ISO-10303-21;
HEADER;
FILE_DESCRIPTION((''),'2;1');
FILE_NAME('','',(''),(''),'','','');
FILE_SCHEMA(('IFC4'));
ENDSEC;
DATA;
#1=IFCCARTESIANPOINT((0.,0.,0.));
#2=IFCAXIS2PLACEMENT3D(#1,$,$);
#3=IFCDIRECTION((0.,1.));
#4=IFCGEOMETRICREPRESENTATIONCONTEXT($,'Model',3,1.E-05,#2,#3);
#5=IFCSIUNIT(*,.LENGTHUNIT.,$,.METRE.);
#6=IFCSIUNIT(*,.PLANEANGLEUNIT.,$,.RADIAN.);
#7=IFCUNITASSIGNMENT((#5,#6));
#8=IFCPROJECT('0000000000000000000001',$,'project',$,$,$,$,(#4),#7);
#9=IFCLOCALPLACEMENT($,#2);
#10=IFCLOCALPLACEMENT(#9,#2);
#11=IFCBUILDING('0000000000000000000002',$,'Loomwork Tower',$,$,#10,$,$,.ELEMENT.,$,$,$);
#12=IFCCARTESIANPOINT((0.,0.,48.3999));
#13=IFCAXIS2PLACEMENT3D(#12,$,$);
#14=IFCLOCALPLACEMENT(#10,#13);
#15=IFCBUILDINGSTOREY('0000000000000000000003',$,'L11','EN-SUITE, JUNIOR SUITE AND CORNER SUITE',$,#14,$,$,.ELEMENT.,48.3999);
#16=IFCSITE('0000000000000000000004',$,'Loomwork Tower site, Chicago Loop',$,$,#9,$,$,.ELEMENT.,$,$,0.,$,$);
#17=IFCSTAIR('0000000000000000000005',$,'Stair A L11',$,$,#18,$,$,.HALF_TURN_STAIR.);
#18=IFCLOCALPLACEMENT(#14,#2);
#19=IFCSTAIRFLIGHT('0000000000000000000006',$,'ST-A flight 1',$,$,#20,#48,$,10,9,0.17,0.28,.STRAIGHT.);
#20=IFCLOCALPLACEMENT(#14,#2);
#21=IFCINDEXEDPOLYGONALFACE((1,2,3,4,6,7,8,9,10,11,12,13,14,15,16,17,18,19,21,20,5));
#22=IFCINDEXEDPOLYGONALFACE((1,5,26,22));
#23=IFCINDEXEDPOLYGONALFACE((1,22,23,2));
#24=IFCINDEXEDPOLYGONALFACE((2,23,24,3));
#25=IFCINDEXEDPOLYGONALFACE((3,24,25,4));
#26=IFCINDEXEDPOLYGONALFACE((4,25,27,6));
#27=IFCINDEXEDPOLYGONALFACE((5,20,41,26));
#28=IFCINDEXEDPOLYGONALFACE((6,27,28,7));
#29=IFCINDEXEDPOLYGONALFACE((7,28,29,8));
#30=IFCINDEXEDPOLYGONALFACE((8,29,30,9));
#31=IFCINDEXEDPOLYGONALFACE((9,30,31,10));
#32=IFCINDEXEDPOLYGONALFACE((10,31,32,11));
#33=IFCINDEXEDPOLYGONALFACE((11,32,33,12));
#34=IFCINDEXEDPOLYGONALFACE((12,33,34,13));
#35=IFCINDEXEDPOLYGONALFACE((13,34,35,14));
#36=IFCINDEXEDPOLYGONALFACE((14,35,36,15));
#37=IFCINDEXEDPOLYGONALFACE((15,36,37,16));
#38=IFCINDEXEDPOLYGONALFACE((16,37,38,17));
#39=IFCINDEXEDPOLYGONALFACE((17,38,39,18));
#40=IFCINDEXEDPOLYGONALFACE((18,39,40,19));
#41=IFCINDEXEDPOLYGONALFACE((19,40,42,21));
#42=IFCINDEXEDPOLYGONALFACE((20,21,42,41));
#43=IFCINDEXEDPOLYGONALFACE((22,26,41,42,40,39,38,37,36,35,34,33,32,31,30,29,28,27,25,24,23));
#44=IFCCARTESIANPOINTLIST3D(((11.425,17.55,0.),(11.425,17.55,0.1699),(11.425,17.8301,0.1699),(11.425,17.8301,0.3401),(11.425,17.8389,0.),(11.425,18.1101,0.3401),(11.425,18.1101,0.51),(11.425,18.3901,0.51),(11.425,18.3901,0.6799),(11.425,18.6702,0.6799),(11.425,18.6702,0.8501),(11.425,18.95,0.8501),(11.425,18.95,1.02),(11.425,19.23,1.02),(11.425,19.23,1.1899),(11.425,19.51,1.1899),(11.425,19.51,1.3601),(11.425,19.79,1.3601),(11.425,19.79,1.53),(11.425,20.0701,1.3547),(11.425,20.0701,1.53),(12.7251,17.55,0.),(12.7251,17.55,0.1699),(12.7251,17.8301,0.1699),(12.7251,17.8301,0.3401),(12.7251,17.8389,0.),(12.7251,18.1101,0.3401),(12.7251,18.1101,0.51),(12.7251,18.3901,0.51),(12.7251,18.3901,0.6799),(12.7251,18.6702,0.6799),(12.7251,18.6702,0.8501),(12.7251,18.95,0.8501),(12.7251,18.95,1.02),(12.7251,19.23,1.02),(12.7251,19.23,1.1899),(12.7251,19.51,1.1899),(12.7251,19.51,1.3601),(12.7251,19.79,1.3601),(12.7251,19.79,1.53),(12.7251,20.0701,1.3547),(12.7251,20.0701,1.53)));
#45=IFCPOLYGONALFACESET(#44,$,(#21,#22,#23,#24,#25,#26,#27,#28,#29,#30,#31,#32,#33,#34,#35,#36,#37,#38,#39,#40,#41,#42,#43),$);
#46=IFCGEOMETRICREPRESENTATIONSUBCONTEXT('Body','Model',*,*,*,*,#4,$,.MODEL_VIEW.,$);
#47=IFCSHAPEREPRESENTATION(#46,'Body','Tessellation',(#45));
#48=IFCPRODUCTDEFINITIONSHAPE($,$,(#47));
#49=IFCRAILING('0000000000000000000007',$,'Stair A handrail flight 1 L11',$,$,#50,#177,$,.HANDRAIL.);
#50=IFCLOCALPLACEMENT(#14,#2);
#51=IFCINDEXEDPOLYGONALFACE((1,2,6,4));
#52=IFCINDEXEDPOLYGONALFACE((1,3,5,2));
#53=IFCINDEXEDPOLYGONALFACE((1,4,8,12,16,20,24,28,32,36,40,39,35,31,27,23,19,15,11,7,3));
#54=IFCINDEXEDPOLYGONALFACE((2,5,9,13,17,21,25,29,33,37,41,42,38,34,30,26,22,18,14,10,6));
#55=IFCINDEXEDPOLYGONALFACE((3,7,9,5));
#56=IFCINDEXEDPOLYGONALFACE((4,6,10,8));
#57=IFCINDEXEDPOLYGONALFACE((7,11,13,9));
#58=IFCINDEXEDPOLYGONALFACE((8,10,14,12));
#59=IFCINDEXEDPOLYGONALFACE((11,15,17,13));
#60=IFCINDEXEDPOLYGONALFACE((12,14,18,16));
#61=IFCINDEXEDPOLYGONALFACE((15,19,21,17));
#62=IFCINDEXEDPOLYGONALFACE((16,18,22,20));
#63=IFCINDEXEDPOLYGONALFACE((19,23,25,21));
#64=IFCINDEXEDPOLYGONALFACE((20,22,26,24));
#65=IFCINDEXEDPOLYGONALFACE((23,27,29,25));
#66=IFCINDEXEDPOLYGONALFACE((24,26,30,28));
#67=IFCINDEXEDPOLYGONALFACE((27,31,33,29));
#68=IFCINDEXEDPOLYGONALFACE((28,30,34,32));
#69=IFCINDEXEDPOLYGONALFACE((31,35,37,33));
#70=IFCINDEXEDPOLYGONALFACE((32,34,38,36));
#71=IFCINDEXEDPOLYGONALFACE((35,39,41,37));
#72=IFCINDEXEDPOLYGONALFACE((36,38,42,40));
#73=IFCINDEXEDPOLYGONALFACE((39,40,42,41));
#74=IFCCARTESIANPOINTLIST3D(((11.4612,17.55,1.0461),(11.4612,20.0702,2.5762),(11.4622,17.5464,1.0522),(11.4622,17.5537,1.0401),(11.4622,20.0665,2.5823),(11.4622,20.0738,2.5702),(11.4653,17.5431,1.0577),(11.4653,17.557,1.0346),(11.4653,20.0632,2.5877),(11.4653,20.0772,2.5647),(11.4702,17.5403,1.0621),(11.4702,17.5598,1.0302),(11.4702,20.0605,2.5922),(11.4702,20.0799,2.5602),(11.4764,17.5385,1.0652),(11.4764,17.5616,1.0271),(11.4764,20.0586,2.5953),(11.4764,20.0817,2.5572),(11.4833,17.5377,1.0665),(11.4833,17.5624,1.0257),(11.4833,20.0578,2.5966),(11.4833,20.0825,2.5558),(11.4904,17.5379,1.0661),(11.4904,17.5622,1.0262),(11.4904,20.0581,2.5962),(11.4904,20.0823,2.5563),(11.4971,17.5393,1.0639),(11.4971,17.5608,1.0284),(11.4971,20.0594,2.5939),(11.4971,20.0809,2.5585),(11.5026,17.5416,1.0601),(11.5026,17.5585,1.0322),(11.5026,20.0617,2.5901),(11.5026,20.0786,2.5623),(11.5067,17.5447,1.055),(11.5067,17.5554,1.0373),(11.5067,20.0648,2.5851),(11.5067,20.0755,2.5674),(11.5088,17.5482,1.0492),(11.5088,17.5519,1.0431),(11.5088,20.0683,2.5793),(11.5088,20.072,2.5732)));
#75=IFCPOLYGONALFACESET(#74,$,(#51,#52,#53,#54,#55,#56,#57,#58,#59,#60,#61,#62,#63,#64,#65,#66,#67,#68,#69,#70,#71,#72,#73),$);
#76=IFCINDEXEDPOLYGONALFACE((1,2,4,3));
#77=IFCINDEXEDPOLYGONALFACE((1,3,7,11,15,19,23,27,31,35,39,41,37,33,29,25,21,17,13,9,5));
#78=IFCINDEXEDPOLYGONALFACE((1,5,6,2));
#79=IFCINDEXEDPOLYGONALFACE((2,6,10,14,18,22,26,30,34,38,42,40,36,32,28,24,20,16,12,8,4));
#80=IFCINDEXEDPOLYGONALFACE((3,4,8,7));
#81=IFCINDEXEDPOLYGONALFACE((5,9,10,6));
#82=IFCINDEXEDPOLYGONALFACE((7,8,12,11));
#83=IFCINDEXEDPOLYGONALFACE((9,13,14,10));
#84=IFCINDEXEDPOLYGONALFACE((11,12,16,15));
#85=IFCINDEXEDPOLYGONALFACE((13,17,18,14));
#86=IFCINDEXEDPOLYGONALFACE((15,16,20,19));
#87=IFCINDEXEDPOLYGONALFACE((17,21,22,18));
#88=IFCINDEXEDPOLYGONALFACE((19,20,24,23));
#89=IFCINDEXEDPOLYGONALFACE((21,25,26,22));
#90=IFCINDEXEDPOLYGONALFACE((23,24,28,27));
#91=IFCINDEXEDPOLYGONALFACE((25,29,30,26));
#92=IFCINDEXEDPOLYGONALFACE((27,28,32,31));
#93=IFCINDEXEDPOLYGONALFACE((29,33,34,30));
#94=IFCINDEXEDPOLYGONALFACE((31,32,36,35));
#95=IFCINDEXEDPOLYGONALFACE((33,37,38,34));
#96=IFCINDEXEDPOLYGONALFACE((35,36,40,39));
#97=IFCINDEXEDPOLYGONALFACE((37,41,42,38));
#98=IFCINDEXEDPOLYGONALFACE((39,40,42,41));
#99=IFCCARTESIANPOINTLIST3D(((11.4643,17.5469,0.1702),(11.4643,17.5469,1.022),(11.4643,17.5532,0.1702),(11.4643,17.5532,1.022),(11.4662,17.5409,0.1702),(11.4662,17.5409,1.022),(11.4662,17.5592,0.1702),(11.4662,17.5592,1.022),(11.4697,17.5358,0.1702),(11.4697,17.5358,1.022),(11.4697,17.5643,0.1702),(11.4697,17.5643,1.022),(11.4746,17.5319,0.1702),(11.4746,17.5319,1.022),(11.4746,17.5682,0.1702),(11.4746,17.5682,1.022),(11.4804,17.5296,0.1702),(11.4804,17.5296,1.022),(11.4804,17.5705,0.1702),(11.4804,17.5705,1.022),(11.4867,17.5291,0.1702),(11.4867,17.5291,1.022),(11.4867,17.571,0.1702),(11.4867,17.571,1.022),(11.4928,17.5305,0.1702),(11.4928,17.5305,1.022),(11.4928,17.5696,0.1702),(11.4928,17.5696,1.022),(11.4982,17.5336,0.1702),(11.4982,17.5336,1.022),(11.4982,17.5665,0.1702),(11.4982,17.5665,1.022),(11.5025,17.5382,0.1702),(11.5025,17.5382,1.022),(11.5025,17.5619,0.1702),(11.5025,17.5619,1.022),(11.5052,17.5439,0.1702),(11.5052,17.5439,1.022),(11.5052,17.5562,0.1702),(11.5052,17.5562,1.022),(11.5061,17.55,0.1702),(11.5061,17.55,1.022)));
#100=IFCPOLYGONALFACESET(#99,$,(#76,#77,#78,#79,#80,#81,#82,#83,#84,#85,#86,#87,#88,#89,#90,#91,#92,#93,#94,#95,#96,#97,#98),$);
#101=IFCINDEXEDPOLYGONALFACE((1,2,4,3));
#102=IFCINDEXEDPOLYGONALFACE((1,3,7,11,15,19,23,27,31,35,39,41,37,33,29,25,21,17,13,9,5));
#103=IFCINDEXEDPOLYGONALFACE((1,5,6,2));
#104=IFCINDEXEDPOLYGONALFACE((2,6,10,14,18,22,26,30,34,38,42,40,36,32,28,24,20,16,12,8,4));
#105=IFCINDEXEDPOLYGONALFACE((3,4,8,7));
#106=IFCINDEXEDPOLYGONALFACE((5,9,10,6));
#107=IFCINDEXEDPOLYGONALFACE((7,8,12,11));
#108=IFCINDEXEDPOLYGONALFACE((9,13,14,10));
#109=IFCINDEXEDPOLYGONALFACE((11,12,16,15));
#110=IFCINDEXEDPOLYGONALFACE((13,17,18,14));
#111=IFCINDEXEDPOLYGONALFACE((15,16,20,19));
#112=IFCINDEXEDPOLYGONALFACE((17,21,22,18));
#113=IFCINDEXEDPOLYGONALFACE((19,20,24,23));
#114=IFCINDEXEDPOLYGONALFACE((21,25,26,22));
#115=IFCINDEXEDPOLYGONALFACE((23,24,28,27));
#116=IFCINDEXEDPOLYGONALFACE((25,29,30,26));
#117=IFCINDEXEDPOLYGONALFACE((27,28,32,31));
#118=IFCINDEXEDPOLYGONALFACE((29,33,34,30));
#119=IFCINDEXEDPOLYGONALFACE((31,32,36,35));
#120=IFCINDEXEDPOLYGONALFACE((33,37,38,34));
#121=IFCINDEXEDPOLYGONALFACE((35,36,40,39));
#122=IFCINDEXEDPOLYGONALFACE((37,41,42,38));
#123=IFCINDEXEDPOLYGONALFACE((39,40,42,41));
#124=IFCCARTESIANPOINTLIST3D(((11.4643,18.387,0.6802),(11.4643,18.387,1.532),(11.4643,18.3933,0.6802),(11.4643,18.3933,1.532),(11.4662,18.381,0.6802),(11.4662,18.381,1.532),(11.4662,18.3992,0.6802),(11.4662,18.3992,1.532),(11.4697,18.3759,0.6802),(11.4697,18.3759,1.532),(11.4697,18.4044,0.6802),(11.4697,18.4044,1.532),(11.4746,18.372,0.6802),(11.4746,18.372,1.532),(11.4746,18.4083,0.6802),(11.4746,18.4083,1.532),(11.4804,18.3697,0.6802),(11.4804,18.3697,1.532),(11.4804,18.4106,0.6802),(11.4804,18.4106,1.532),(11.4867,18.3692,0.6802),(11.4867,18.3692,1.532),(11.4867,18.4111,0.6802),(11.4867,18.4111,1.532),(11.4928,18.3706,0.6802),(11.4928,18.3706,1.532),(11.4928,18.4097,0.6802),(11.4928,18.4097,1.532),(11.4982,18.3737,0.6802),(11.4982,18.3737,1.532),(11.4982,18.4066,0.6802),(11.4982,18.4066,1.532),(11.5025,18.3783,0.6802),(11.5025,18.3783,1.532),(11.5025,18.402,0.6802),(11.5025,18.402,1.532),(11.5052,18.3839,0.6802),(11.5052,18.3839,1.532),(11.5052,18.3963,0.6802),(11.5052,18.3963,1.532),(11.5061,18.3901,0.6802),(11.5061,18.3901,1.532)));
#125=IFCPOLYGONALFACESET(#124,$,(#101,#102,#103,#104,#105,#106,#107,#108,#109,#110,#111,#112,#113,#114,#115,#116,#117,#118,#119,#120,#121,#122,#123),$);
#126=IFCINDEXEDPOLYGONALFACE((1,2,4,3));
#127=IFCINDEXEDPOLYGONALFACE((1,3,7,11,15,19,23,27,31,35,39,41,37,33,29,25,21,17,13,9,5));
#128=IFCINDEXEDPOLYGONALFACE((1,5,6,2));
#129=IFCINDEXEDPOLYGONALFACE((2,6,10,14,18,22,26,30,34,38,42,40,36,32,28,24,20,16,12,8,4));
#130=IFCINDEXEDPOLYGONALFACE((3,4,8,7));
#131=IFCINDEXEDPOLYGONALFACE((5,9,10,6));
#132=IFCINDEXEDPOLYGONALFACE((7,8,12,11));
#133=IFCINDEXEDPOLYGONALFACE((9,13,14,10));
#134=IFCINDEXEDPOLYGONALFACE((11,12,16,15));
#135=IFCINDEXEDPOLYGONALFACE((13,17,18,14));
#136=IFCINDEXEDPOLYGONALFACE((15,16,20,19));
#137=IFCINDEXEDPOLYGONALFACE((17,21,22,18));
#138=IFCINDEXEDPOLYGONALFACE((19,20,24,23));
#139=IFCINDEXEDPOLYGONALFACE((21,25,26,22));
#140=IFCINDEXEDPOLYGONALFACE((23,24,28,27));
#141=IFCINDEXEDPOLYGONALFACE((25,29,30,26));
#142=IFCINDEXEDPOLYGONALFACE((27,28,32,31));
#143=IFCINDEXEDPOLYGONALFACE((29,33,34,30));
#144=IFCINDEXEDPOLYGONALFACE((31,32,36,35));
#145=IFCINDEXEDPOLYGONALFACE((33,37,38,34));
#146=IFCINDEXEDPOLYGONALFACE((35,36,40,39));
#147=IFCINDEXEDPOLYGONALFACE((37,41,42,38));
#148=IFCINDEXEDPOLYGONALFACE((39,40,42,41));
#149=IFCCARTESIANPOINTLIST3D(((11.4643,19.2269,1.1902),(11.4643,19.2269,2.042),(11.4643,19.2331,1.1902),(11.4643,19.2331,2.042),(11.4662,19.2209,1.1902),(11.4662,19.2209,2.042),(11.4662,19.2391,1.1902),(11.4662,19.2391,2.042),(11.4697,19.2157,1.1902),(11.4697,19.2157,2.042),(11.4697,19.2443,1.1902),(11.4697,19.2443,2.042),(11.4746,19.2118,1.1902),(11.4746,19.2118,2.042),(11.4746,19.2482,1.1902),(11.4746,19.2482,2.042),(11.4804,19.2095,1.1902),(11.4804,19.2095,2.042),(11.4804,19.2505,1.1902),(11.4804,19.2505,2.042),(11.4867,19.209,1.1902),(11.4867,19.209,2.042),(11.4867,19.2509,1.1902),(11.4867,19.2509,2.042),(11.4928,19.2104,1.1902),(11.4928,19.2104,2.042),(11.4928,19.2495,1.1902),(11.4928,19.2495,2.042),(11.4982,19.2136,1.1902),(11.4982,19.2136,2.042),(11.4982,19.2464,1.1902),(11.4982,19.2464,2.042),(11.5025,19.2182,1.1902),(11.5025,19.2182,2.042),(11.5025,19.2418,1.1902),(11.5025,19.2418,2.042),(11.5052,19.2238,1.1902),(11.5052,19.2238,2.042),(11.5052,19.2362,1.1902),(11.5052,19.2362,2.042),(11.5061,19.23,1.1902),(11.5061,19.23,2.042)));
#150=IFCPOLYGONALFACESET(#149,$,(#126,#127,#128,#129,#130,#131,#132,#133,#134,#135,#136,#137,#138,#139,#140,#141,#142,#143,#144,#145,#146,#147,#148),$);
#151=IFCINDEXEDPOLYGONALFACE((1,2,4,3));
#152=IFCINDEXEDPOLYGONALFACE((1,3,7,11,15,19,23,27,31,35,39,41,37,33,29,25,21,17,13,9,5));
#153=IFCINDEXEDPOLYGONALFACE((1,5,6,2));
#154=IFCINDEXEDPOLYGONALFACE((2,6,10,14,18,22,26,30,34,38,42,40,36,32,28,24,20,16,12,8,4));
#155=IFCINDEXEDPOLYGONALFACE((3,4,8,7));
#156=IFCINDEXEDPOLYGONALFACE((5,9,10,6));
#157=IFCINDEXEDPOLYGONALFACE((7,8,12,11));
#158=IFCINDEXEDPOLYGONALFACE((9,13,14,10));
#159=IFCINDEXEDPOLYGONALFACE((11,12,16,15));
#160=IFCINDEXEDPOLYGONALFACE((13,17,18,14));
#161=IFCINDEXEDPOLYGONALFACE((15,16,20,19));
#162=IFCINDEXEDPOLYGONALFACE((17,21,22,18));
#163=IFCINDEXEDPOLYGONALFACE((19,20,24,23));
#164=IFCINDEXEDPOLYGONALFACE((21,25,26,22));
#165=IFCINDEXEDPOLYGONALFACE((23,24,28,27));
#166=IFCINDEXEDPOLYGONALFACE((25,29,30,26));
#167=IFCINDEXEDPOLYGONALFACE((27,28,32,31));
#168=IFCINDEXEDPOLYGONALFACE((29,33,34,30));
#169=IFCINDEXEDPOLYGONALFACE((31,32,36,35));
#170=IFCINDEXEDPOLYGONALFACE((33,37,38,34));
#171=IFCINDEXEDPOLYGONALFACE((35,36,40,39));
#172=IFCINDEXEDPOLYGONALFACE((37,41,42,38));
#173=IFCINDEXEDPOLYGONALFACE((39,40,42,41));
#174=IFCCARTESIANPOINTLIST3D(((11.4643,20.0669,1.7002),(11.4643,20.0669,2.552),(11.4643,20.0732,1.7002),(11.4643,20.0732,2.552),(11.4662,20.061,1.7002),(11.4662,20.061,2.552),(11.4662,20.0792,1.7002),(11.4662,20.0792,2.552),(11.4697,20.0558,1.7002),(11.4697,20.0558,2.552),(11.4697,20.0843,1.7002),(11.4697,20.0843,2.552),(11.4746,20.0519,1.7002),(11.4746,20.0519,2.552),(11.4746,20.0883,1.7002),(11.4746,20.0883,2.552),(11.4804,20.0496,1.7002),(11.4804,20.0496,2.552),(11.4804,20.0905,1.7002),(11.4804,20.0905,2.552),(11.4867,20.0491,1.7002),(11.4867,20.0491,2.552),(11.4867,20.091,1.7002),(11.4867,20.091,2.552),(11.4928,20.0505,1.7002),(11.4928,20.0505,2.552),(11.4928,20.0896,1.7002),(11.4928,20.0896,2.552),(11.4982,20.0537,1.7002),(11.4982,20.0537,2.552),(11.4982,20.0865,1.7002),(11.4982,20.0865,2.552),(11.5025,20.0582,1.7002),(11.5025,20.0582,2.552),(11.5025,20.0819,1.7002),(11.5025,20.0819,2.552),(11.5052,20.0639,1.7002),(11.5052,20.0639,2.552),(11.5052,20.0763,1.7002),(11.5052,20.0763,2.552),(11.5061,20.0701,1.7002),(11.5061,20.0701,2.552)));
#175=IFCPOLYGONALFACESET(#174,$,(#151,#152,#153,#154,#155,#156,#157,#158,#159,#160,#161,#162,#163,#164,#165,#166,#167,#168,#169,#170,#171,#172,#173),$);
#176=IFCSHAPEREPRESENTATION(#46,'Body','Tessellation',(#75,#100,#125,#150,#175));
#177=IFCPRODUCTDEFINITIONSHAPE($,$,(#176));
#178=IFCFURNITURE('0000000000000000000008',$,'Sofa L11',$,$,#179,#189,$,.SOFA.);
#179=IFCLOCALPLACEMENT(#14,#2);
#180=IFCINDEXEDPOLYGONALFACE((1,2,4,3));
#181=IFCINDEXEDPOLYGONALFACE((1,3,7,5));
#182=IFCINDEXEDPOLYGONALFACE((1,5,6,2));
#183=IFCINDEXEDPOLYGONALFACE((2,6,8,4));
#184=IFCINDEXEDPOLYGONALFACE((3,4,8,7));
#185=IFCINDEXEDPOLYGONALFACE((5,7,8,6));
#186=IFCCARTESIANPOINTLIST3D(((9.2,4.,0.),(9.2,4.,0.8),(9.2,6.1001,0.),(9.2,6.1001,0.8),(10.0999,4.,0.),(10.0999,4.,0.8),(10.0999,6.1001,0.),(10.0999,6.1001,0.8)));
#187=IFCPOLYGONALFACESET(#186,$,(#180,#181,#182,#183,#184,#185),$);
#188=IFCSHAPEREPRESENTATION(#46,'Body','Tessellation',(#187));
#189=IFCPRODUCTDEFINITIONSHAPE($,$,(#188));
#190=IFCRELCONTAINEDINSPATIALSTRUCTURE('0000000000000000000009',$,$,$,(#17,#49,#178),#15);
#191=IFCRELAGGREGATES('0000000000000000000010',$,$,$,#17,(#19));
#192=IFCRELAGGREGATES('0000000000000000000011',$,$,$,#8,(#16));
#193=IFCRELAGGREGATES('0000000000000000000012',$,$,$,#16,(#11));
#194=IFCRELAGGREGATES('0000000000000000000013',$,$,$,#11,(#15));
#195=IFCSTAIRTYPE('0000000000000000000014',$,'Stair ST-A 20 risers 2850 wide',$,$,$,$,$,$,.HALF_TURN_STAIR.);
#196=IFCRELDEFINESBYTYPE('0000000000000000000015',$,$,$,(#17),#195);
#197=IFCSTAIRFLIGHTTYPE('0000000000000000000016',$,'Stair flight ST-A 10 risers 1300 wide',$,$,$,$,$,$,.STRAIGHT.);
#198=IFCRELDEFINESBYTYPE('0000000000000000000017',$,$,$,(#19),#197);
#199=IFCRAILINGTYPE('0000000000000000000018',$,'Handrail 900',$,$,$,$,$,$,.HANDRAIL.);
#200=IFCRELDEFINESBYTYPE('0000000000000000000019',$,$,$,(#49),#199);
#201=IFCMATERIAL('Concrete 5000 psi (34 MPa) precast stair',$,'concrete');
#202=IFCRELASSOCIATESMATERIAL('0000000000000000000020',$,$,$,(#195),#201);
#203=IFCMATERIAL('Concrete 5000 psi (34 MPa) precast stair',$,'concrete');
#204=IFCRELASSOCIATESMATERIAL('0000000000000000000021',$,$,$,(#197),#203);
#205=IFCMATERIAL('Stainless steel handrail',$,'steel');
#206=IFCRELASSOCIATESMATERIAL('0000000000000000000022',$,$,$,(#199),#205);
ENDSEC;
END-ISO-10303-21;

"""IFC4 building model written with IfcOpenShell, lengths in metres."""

from ifc_helpers import new_model, si_unit, direction, frame, origin, origin_2d, place, context, subcontext, project, spatial, polyline, rectangle, circle, outline, extrude, material, type_object, element, aggregate, save


model = new_model("IFC4")

# Units and contexts
model_context = context("Model", 3, precision=1e-05, world=origin(), true_north=direction((0.0, 1.0)))
body_context = subcontext(model_context, "Body", "Model", "MODEL_VIEW")
ifc_project = project(units=[si_unit("LENGTHUNIT", "METRE"), si_unit("PLANEANGLEUNIT", "RADIAN")], contexts=[model_context])

# Site, building, storey
site_placement = place(None, origin())
site = spatial("IfcSite", under=ifc_project, at=site_placement, Name="Loomwork Tower site, Chicago Loop", CompositionType="ELEMENT", RefElevation=0.0)
building_placement = place(site_placement, origin())
building = spatial("IfcBuilding", under=site, at=building_placement, Name="Loomwork Tower", CompositionType="ELEMENT")
storey_placement = place(building_placement, frame((0.0, 0.0, 48.3999)))
storey = spatial("IfcBuildingStorey", under=building, at=storey_placement, Name="L11", Description="EN-SUITE, JUNIOR SUITE AND CORNER SUITE", CompositionType="ELEMENT", Elevation=48.3999)

# Stair, stair flight
ifc_material_1 = material(Name="Concrete 5000 psi (34 MPa) precast stair", Category="concrete")
stair_type = type_object("IfcStairType", Name="Stair ST-A 20 risers 2850 wide", PredefinedType="HALF_TURN_STAIR", material=ifc_material_1)
stair_placement = place(storey_placement, origin())
stair = element("IfcStair", 1, at=stair_placement, inside=storey, type_object=stair_type, Name="Stair A L11", PredefinedType="HALF_TURN_STAIR")
ifc_material_2 = material(Name="Concrete 5000 psi (34 MPa) precast stair", Category="concrete")
stair_flight_type = type_object("IfcStairFlightType", Name="Stair flight ST-A 10 risers 1300 wide", PredefinedType="STRAIGHT", material=ifc_material_2)
stair_flight_placement = place(storey_placement, frame((12.075, 17.55, 0.0), z_axis=(0.0, 0.0, 1.0), x_axis=(0.0, 1.0, 0.0)))
stair_flight = element("IfcStairFlight", 2, at=stair_flight_placement, type_object=stair_flight_type, Name="ST-A flight 1", NumberOfRisers=10, NumberOfTreads=9, PredefinedType="STRAIGHT", RiserHeight=0.17, TreadLength=0.28, context=body_context, shape_type="SweptSolid", body=[
    extrude(outline(polyline([(0.0, 0.0), (0.0, 0.1699), (0.28, 0.1699), (0.28, 0.3401), (0.5601, 0.3401), (0.5601, 0.51), (0.8401, 0.51), (0.8401, 0.6799), (1.1201, 0.6799), (1.1201, 0.8501), (1.3999, 0.8501), (1.3999, 1.02), (1.6799, 1.02), (1.6799, 1.1899), (1.96, 1.1899), (1.96, 1.3601), (2.24, 1.3601), (2.24, 1.53), (2.52, 1.53), (2.52, 1.7), (2.52, 1.3547), (0.2888, 0.0), (0.0, 0.0)])), frame((0.0, 0.6499, 0.0), z_axis=(0.0, -1.0, 0.0), x_axis=(1.0, 0.0, 0.0)), (0.0, 0.0, 1.0), 1.3),
])
aggregate(stair, [stair_flight])

# Railing
ifc_material_3 = material(Name="Stainless steel handrail", Category="steel")
railing_type = type_object("IfcRailingType", Name="Handrail 900", PredefinedType="HANDRAIL", material=ifc_material_3)
railing_placement = place(storey_placement, frame((11.4851, 17.55, 0.1702)))
element("IfcRailing", 3, at=railing_placement, inside=storey, type_object=railing_type, Name="Stair A handrail flight 1 L11", PredefinedType="HANDRAIL", context=body_context, shape_type="SweptSolid", body=[
    extrude(circle(Radius=0.0239, at=origin_2d()), frame((0.0, 0.0, 0.876), z_axis=(0.0, 0.854785, 0.518982), x_axis=(-1.0, 0.0, 0.0)), (0.0, 0.0, 1.0), 2.9482),
    extrude(circle(Radius=0.021, at=origin_2d()), origin(), (0.0, 0.0, 1.0), 0.8518),
    extrude(circle(Radius=0.021, at=origin_2d()), frame((0.0, 0.8401, 0.51)), (0.0, 0.0, 1.0), 0.8518),
    extrude(circle(Radius=0.021, at=origin_2d()), frame((0.0, 1.6799, 1.02)), (0.0, 0.0, 1.0), 0.8518),
    extrude(circle(Radius=0.021, at=origin_2d()), frame((0.0, 2.52, 1.53)), (0.0, 0.0, 1.0), 0.8518),
])

# Furniture
furniture_placement = place(storey_placement, frame((9.6499, 5.05, 0.0), z_axis=(0.0, 0.0, 1.0), x_axis=(1.0, 0.0, 0.0)))
element("IfcFurniture", 4, at=furniture_placement, inside=storey, Name="Sofa L11", PredefinedType="SOFA", context=body_context, shape_type="SweptSolid", body=[
    extrude(rectangle(XDim=0.8999, YDim=2.1001, at=origin_2d()), origin(), (0.0, 0.0, 1.0), 0.8),
])

save(model, "model.ifc")
